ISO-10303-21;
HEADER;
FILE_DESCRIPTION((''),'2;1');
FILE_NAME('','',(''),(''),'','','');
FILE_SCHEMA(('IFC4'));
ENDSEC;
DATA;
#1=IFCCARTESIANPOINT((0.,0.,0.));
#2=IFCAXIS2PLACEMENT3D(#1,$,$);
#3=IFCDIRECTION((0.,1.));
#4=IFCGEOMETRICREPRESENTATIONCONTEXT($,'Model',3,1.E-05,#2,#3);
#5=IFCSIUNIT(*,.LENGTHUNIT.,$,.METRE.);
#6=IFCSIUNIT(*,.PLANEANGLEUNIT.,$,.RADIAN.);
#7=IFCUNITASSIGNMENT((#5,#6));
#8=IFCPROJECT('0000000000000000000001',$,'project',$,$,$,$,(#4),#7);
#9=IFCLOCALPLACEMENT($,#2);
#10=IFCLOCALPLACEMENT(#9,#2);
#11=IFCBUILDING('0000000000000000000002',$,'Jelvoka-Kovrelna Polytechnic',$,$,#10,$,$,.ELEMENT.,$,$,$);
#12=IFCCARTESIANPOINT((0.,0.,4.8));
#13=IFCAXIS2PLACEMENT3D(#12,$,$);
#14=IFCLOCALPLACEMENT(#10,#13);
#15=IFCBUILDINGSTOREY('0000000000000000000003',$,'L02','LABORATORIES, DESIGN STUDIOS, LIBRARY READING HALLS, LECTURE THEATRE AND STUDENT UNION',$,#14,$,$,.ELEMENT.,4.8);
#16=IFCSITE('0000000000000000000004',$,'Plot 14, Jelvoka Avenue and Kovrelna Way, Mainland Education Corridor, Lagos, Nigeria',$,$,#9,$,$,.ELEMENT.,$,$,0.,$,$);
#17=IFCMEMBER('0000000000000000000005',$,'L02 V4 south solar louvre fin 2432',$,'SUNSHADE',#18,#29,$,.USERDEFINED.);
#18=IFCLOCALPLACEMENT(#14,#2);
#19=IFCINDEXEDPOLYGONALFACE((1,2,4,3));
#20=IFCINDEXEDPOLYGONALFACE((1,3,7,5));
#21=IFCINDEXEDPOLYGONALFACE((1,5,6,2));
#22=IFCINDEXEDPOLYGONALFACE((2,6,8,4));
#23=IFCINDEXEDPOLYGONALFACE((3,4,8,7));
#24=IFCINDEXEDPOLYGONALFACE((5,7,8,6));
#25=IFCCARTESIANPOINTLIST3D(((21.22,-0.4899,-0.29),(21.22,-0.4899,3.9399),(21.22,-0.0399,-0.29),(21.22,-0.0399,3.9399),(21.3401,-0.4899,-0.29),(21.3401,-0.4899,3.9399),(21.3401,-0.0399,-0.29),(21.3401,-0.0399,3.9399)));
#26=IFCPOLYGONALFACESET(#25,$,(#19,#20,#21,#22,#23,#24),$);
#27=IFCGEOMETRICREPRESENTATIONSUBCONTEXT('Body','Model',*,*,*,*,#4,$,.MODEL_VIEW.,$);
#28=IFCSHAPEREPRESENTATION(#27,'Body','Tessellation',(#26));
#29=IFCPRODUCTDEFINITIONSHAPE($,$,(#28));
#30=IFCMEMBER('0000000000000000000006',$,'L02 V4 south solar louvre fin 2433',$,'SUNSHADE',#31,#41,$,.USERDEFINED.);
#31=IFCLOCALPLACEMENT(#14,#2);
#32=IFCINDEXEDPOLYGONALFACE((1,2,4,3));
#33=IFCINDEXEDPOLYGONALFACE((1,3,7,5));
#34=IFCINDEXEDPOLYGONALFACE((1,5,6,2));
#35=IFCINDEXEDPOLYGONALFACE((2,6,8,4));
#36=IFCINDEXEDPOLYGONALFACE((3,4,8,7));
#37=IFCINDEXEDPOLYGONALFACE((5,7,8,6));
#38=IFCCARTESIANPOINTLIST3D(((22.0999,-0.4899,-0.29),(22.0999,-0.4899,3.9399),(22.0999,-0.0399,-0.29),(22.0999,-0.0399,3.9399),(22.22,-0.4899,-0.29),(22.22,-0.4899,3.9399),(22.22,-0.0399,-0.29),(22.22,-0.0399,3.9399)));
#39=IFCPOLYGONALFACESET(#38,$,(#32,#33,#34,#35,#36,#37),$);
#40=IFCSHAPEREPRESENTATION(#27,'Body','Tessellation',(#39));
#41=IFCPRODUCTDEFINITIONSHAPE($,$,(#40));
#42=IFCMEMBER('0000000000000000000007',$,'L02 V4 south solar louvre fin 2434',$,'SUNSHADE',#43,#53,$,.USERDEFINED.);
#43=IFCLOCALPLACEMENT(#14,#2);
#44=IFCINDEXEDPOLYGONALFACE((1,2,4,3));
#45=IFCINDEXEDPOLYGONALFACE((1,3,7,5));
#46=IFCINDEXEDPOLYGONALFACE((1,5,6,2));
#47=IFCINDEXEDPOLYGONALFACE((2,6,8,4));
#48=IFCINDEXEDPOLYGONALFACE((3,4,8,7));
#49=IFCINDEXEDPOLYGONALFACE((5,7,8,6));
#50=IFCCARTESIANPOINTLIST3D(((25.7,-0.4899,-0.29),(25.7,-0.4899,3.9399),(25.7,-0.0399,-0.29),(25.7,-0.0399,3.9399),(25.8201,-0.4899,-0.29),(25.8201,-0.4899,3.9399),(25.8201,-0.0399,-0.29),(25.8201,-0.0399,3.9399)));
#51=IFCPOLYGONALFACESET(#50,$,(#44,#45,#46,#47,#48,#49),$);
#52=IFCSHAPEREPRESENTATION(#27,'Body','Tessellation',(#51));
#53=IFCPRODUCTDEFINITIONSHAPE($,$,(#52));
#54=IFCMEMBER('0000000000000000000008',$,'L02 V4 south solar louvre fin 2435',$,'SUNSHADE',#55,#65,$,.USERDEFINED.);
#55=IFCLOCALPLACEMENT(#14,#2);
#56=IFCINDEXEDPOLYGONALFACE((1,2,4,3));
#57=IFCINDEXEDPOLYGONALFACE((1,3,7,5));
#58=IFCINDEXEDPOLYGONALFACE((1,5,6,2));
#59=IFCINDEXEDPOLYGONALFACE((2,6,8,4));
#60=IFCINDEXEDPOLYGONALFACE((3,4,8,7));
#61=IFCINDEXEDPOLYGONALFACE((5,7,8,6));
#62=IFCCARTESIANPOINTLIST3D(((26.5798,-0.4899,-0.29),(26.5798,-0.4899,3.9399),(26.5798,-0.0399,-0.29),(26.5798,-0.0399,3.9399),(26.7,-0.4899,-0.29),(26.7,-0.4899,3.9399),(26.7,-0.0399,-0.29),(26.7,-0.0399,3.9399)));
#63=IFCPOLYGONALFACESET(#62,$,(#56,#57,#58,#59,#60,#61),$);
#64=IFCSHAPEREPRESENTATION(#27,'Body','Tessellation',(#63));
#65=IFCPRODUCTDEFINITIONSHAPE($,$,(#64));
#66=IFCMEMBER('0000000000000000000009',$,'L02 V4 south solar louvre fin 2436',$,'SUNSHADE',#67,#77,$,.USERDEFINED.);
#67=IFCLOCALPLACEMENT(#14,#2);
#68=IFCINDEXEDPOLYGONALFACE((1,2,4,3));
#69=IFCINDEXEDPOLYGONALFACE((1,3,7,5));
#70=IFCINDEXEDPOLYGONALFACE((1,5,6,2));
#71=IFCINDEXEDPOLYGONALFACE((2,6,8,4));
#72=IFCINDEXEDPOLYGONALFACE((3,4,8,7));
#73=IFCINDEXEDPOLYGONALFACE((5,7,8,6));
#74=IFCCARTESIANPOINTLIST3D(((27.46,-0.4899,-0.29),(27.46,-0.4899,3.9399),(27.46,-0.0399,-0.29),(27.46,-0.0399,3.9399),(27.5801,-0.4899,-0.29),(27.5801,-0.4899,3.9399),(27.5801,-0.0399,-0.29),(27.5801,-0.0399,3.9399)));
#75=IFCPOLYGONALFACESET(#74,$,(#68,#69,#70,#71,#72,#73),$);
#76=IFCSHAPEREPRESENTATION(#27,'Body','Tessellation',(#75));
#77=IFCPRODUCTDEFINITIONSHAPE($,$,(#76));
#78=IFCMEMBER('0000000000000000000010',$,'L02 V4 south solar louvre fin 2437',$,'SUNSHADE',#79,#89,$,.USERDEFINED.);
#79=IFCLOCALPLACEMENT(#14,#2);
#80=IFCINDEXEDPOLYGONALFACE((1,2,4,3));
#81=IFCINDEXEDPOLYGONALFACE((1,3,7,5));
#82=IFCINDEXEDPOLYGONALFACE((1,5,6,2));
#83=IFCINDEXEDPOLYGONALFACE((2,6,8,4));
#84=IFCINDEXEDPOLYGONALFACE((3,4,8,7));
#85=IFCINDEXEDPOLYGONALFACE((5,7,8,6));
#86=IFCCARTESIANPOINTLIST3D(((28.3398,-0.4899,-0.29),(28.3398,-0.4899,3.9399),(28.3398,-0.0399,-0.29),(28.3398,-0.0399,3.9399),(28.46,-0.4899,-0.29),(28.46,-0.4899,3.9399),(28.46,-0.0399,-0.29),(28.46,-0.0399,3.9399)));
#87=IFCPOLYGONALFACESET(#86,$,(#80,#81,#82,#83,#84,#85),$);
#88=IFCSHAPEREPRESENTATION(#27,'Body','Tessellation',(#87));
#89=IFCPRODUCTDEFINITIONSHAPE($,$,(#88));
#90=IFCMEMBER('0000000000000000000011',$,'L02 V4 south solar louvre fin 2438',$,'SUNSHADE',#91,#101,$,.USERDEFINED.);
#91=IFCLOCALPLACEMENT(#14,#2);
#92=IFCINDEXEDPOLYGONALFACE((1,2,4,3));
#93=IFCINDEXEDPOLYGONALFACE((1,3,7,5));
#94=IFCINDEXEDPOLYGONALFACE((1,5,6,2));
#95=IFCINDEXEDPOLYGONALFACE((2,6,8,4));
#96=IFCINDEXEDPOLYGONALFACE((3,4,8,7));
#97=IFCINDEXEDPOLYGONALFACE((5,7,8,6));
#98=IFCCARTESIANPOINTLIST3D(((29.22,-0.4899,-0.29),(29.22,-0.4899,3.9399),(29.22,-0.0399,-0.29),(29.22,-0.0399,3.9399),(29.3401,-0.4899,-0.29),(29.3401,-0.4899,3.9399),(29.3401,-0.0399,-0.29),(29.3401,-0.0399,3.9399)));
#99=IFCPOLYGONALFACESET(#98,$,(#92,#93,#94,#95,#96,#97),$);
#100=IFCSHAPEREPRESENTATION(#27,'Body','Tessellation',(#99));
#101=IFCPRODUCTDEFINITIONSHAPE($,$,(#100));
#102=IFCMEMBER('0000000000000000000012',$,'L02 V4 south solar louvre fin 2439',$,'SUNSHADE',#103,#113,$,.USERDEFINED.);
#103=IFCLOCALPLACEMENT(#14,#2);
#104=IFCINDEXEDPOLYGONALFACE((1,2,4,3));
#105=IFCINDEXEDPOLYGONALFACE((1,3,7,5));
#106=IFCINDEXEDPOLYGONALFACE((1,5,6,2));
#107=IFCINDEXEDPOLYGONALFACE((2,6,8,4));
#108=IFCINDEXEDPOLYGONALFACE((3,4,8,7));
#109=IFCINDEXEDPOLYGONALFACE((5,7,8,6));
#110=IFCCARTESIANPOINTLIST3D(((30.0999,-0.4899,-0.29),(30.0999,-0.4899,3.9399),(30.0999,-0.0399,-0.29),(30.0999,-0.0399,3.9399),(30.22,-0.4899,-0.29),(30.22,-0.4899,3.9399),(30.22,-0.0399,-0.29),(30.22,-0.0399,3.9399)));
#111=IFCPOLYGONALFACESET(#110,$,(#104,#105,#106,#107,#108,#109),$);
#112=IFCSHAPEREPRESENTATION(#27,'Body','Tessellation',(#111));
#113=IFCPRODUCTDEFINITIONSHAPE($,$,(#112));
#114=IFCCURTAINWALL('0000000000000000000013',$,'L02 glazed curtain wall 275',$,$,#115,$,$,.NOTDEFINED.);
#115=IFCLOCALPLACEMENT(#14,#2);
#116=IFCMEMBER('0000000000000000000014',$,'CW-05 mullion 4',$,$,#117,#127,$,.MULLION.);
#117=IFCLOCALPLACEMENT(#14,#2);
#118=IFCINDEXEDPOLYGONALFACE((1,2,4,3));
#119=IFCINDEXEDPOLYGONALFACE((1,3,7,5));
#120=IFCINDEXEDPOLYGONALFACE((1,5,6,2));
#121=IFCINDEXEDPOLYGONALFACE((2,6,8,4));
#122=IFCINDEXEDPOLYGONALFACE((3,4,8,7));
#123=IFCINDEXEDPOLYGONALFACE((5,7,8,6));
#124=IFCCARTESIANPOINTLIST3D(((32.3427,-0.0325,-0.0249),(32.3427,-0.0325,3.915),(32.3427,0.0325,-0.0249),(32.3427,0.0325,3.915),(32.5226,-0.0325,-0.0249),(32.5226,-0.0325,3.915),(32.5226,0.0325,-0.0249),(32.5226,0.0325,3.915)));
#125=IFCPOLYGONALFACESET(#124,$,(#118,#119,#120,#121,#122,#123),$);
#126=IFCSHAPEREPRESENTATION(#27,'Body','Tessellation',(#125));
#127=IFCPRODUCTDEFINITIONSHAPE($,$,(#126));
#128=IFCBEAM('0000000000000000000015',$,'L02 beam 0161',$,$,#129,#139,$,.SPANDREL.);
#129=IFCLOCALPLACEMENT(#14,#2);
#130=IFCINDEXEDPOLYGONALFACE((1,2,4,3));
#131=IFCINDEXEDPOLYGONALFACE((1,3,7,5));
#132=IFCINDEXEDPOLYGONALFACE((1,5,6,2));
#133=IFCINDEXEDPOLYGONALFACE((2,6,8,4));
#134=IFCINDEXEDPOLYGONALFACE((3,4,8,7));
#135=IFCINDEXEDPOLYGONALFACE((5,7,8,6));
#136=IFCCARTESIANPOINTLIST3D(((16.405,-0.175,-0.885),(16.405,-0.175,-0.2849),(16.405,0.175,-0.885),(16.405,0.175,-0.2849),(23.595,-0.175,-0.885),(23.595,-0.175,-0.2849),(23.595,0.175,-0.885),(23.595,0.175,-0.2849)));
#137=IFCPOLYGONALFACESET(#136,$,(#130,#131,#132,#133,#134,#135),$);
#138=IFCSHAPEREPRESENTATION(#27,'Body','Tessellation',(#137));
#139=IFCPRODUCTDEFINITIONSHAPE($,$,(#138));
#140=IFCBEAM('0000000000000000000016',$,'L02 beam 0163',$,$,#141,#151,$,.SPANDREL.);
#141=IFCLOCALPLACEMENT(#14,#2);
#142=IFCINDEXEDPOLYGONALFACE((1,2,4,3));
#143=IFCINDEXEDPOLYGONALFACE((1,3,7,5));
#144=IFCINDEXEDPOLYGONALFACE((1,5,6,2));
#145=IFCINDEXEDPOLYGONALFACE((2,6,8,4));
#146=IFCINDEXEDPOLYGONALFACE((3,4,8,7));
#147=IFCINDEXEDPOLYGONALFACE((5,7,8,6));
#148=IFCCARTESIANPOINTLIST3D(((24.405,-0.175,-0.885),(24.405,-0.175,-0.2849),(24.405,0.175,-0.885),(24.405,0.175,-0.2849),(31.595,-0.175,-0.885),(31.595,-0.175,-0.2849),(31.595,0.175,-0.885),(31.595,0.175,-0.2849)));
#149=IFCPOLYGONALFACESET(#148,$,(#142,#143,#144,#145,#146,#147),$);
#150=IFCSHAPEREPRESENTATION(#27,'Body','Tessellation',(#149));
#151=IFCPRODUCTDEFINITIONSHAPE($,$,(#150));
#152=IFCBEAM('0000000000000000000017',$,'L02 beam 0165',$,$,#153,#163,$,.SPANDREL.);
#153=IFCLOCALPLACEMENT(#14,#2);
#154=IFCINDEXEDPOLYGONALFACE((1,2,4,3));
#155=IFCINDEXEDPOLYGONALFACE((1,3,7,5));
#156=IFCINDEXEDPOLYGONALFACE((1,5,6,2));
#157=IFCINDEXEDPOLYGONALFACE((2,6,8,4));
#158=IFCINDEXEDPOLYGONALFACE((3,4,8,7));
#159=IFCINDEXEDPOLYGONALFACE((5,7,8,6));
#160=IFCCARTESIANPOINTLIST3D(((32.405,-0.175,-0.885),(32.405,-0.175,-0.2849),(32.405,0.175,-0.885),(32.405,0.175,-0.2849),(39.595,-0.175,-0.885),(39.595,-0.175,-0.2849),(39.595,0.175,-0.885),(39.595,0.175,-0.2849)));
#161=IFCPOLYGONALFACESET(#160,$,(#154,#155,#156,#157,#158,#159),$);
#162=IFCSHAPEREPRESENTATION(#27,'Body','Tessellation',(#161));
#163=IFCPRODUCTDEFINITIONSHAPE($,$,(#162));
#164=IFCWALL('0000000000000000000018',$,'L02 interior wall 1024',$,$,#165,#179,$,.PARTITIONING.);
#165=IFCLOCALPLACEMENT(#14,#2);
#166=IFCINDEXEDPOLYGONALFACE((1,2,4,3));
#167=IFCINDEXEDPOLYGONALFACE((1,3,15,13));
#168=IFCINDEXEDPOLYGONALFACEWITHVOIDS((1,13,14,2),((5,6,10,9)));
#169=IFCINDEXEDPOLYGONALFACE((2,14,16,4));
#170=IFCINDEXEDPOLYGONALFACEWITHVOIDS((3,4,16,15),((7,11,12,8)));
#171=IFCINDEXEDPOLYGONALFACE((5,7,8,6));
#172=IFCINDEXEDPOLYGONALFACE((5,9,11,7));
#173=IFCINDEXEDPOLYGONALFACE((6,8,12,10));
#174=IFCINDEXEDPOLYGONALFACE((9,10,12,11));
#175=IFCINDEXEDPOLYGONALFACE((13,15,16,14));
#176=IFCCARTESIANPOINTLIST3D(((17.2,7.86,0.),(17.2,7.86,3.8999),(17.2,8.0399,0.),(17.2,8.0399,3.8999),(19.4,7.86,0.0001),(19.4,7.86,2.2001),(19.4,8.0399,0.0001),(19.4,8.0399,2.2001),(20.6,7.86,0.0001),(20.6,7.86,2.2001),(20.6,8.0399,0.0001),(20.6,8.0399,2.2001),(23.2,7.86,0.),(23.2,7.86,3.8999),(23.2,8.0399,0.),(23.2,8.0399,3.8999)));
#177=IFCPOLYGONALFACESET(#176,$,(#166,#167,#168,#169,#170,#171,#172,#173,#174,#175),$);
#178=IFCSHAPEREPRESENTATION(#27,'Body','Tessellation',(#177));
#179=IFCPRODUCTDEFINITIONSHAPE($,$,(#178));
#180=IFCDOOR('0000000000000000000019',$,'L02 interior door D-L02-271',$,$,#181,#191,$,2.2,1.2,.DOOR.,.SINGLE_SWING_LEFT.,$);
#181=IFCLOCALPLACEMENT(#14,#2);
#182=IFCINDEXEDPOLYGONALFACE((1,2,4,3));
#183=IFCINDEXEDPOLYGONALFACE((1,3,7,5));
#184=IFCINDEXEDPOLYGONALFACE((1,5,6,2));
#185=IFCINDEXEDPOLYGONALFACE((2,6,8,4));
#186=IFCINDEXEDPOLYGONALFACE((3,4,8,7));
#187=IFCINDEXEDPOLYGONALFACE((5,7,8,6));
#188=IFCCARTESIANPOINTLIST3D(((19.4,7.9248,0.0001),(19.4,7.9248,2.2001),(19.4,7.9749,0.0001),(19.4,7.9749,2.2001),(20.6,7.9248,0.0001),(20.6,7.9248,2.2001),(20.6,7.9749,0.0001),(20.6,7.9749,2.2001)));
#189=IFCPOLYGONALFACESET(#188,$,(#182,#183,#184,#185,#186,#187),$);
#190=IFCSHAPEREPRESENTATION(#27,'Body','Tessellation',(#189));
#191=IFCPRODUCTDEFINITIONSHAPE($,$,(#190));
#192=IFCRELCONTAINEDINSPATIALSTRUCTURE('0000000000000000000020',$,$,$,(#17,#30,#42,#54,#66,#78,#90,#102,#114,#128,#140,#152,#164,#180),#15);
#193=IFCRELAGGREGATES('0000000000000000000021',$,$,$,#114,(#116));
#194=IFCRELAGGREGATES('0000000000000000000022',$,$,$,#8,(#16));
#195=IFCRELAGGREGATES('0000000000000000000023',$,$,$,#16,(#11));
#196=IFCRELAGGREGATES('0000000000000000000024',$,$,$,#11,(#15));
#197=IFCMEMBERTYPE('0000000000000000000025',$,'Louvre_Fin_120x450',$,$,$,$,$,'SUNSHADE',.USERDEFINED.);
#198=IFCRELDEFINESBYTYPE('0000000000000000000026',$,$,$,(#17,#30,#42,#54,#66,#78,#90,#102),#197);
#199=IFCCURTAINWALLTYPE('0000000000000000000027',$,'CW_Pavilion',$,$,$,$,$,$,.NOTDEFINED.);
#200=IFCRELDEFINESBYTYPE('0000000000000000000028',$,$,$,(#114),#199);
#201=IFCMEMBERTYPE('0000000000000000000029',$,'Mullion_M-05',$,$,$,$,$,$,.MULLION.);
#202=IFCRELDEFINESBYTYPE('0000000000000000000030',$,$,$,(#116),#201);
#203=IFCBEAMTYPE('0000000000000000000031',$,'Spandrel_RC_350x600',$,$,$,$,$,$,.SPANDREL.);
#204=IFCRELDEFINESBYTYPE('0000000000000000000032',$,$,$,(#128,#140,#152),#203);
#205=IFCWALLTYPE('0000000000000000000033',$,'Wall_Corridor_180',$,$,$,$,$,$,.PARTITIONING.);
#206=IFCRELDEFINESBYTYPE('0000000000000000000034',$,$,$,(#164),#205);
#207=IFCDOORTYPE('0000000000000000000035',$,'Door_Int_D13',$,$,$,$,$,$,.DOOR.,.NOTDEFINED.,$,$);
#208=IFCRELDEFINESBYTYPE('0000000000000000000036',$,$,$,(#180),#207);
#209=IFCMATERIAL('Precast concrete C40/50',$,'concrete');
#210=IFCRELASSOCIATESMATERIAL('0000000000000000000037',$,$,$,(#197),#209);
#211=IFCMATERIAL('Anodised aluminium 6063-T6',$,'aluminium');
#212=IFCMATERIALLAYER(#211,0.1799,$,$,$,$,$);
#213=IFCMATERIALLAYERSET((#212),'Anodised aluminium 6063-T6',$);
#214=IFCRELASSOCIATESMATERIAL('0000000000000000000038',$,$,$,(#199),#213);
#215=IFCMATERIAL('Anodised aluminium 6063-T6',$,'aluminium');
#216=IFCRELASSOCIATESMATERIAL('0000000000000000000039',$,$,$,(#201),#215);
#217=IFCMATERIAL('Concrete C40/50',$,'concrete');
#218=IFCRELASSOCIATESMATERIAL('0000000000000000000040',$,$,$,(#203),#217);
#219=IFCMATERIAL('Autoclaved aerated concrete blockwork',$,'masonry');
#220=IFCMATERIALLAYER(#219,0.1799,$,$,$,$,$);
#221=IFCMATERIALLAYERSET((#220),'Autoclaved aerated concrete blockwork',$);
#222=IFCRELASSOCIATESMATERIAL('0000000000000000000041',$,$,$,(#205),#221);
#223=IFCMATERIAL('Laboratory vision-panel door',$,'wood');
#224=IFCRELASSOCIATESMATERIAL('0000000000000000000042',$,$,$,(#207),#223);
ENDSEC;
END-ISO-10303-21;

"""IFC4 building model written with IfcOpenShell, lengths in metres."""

from ifc_helpers import new_model, si_unit, direction, frame, frame_2d, origin, origin_2d, place, context, subcontext, project, spatial, rectangle, extrude, material, layer, layer_set, material_profile, profile_set, type_object, element, fill, aggregate, save


model = new_model("IFC4")

# Units and contexts
model_context = context("Model", 3, precision=1e-05, world=origin(), true_north=direction((0.0, 1.0)))
body_context = subcontext(model_context, "Body", "Model", "MODEL_VIEW")
ifc_project = project(units=[si_unit("LENGTHUNIT", "METRE"), si_unit("PLANEANGLEUNIT", "RADIAN")], contexts=[model_context])

# Site, building, storey
site_placement = place(None, origin())
site = spatial("IfcSite", under=ifc_project, at=site_placement, Name="Plot 14, Jelvoka Avenue and Kovrelna Way, Mainland Education Corridor, Lagos, Nigeria", CompositionType="ELEMENT", RefElevation=0.0)
building_placement = place(site_placement, origin())
building = spatial("IfcBuilding", under=site, at=building_placement, Name="Jelvoka-Kovrelna Polytechnic", CompositionType="ELEMENT")
storey_placement = place(building_placement, frame((0.0, 0.0, 4.8)))
storey = spatial("IfcBuildingStorey", under=building, at=storey_placement, Name="L02", Description="LABORATORIES, DESIGN STUDIOS, LIBRARY READING HALLS, LECTURE THEATRE AND STUDENT UNION", CompositionType="ELEMENT", Elevation=4.8)

# Members
ifc_material_1 = material(Name="Precast concrete C40/50", Category="concrete")
ifc_material_profile_1 = material_profile(ifc_material_1, rectangle(XDim=0.1201, YDim=0.45, at=origin_2d()), Name="PC 120x450")
ifc_profile_set_1 = profile_set([ifc_material_profile_1], Name="Precast concrete C40/50")
member_type_1 = type_object("IfcMemberType", Name="Louvre_Fin_120x450", ElementType="SUNSHADE", PredefinedType="USERDEFINED", material=ifc_profile_set_1)
for number, where, z_axis, x_axis, name in (
    (1, (21.28, -0.2649, -0.29), (0.0, 0.0, 1.0), (1.0, 0.0, 0.0), "L02 V4 south solar louvre fin 2432"),
    (2, (22.1599, -0.2649, -0.29), (0.0, 0.0, 1.0), (1.0, 0.0, 0.0), "L02 V4 south solar louvre fin 2433"),
    (3, (25.76, -0.2649, -0.29), (0.0, 0.0, 1.0), (1.0, 0.0, 0.0), "L02 V4 south solar louvre fin 2434"),
    (4, (26.6399, -0.2649, -0.29), (0.0, 0.0, 1.0), (1.0, 0.0, 0.0), "L02 V4 south solar louvre fin 2435"),
    (5, (27.52, -0.2649, -0.29), (0.0, 0.0, 1.0), (1.0, 0.0, 0.0), "L02 V4 south solar louvre fin 2436"),
    (6, (28.3999, -0.2649, -0.29), (0.0, 0.0, 1.0), (1.0, 0.0, 0.0), "L02 V4 south solar louvre fin 2437"),
    (7, (29.28, -0.2649, -0.29), (0.0, 0.0, 1.0), (1.0, 0.0, 0.0), "L02 V4 south solar louvre fin 2438"),
    (8, (30.1599, -0.2649, -0.29), (0.0, 0.0, 1.0), (1.0, 0.0, 0.0), "L02 V4 south solar louvre fin 2439"),
):
    element("IfcMember", number, at=place(storey_placement, frame(where, z_axis=z_axis, x_axis=x_axis)), inside=storey, type_object=member_type_1, Name=name, ObjectType="SUNSHADE", PredefinedType="USERDEFINED", context=body_context, shape_type="SweptSolid", body=[
        extrude(rectangle(XDim=0.1201, YDim=0.45, at=origin_2d()), origin(), (0.0, 0.0, 1.0), 4.23),
    ])

# Curtain wall, member
ifc_material_2 = material(Name="Anodised aluminium 6063-T6", Category="aluminium")
ifc_layer_1 = layer(ifc_material_2, 0.1799)
ifc_layer_set_1 = layer_set([ifc_layer_1], Name="Anodised aluminium 6063-T6")
curtain_wall_type = type_object("IfcCurtainWallType", Name="CW_Pavilion", PredefinedType="NOTDEFINED", material=ifc_layer_set_1)
curtain_wall_placement = place(storey_placement, origin())
curtain_wall = element("IfcCurtainWall", 9, at=curtain_wall_placement, inside=storey, type_object=curtain_wall_type, Name="L02 glazed curtain wall 275", PredefinedType="NOTDEFINED")
ifc_material_3 = material(Name="Anodised aluminium 6063-T6", Category="aluminium")
ifc_material_profile_2 = material_profile(ifc_material_3, rectangle(XDim=0.0649, YDim=0.1799, at=origin_2d()), Name="ALU 65x180")
ifc_profile_set_2 = profile_set([ifc_material_profile_2], Name="Anodised aluminium 6063-T6")
member_type_2 = type_object("IfcMemberType", Name="Mullion_M-05", PredefinedType="MULLION", material=ifc_profile_set_2)
member_placement = place(storey_placement, frame((32.4326, 0.0, -0.0249), z_axis=(0.0, 0.0, 1.0), x_axis=(0.0, -1.0, 0.0)))
member = element("IfcMember", 10, at=member_placement, type_object=member_type_2, Name="CW-05 mullion 4", PredefinedType="MULLION", context=body_context, shape_type="SweptSolid", body=[
    extrude(rectangle(XDim=0.0649, YDim=0.1799, at=origin_2d()), origin(), (0.0, 0.0, 1.0), 3.9399),
])
aggregate(curtain_wall, [member])

# Beams
ifc_material_4 = material(Name="Concrete C40/50", Category="concrete")
ifc_material_profile_3 = material_profile(ifc_material_4, rectangle(XDim=0.3501, YDim=0.6001, at=origin_2d()), Name="RC 350x600")
ifc_profile_set_3 = profile_set([ifc_material_profile_3], Name="Concrete C40/50")
beam_type_1 = type_object("IfcBeamType", Name="Spandrel_RC_350x600", PredefinedType="SPANDREL", material=ifc_profile_set_3)
for number, where, z_axis, x_axis, name in (
    (11, (16.405, 0.0, -0.585), (1.0, 0.0, 0.0), (0.0, 1.0, 0.0), "L02 beam 0161"),
    (12, (24.405, 0.0, -0.585), (1.0, 0.0, 0.0), (0.0, 1.0, 0.0), "L02 beam 0163"),
    (13, (32.405, 0.0, -0.585), (1.0, 0.0, 0.0), (0.0, 1.0, 0.0), "L02 beam 0165"),
):
    element("IfcBeam", number, at=place(storey_placement, frame(where, z_axis=z_axis, x_axis=x_axis)), inside=storey, type_object=beam_type_1, Name=name, PredefinedType="SPANDREL", context=body_context, shape_type="SweptSolid", body=[
        extrude(rectangle(XDim=0.3501, YDim=0.6001, at=origin_2d()), origin(), (0.0, 0.0, 1.0), 7.1899),
    ])

# Wall, opening, door
ifc_material_5 = material(Name="Autoclaved aerated concrete blockwork", Category="masonry")
ifc_layer_2 = layer(ifc_material_5, 0.1799)
ifc_layer_set_2 = layer_set([ifc_layer_2], Name="Autoclaved aerated concrete blockwork")
wall_type_1 = type_object("IfcWallType", Name="Wall_Corridor_180", PredefinedType="PARTITIONING", material=ifc_layer_set_2)
wall_1_placement = place(storey_placement, frame((17.2, 7.95, 0.0), z_axis=(0.0, 0.0, 1.0), x_axis=(1.0, 0.0, 0.0)))
wall_1 = element("IfcWall", 14, at=wall_1_placement, inside=storey, type_object=wall_type_1, Name="L02 interior wall 1024", PredefinedType="PARTITIONING", context=body_context, shape_type="SweptSolid", body=[
    extrude(rectangle(XDim=6.0, YDim=0.1799, at=frame_2d((3.0, 0.0))), origin(), (0.0, 0.0, 1.0), 3.8999),
])
opening_1_placement = place(wall_1_placement, frame((2.2, 0.0, 0.0)))
opening_1 = element("IfcOpeningElement", 15, at=opening_1_placement, cuts=wall_1, PredefinedType="OPENING", context=body_context, shape_type="SweptSolid", body=[
    extrude(rectangle(XDim=1.2, YDim=2.2, at=frame_2d((0.6001, 1.1001))), frame((0.0, 0.0999, 0.0), z_axis=(0.0, -1.0, 0.0), x_axis=(1.0, 0.0, 0.0)), (0.0, 0.0, 1.0), 0.2),
])
ifc_material_6 = material(Name="Laboratory vision-panel door", Category="wood")
door_type = type_object("IfcDoorType", Name="Door_Int_D13", OperationType="NOTDEFINED", PredefinedType="DOOR", material=ifc_material_6)
door_placement = place(opening_1_placement, origin())
door = element("IfcDoor", 16, at=door_placement, inside=storey, type_object=door_type, Name="L02 interior door D-L02-271", OperationType="SINGLE_SWING_LEFT", OverallHeight=2.2, OverallWidth=1.2, PredefinedType="DOOR", context=body_context, shape_type="SweptSolid", body=[
    extrude(rectangle(XDim=1.2, YDim=2.2, at=frame_2d((0.6001, 1.1001))), frame((0.0, 0.0249, 0.0), z_axis=(0.0, -1.0, 0.0), x_axis=(1.0, 0.0, 0.0)), (0.0, 0.0, 1.0), 0.05),
])
fill(opening_1, door)

save(model, "model.ifc")
